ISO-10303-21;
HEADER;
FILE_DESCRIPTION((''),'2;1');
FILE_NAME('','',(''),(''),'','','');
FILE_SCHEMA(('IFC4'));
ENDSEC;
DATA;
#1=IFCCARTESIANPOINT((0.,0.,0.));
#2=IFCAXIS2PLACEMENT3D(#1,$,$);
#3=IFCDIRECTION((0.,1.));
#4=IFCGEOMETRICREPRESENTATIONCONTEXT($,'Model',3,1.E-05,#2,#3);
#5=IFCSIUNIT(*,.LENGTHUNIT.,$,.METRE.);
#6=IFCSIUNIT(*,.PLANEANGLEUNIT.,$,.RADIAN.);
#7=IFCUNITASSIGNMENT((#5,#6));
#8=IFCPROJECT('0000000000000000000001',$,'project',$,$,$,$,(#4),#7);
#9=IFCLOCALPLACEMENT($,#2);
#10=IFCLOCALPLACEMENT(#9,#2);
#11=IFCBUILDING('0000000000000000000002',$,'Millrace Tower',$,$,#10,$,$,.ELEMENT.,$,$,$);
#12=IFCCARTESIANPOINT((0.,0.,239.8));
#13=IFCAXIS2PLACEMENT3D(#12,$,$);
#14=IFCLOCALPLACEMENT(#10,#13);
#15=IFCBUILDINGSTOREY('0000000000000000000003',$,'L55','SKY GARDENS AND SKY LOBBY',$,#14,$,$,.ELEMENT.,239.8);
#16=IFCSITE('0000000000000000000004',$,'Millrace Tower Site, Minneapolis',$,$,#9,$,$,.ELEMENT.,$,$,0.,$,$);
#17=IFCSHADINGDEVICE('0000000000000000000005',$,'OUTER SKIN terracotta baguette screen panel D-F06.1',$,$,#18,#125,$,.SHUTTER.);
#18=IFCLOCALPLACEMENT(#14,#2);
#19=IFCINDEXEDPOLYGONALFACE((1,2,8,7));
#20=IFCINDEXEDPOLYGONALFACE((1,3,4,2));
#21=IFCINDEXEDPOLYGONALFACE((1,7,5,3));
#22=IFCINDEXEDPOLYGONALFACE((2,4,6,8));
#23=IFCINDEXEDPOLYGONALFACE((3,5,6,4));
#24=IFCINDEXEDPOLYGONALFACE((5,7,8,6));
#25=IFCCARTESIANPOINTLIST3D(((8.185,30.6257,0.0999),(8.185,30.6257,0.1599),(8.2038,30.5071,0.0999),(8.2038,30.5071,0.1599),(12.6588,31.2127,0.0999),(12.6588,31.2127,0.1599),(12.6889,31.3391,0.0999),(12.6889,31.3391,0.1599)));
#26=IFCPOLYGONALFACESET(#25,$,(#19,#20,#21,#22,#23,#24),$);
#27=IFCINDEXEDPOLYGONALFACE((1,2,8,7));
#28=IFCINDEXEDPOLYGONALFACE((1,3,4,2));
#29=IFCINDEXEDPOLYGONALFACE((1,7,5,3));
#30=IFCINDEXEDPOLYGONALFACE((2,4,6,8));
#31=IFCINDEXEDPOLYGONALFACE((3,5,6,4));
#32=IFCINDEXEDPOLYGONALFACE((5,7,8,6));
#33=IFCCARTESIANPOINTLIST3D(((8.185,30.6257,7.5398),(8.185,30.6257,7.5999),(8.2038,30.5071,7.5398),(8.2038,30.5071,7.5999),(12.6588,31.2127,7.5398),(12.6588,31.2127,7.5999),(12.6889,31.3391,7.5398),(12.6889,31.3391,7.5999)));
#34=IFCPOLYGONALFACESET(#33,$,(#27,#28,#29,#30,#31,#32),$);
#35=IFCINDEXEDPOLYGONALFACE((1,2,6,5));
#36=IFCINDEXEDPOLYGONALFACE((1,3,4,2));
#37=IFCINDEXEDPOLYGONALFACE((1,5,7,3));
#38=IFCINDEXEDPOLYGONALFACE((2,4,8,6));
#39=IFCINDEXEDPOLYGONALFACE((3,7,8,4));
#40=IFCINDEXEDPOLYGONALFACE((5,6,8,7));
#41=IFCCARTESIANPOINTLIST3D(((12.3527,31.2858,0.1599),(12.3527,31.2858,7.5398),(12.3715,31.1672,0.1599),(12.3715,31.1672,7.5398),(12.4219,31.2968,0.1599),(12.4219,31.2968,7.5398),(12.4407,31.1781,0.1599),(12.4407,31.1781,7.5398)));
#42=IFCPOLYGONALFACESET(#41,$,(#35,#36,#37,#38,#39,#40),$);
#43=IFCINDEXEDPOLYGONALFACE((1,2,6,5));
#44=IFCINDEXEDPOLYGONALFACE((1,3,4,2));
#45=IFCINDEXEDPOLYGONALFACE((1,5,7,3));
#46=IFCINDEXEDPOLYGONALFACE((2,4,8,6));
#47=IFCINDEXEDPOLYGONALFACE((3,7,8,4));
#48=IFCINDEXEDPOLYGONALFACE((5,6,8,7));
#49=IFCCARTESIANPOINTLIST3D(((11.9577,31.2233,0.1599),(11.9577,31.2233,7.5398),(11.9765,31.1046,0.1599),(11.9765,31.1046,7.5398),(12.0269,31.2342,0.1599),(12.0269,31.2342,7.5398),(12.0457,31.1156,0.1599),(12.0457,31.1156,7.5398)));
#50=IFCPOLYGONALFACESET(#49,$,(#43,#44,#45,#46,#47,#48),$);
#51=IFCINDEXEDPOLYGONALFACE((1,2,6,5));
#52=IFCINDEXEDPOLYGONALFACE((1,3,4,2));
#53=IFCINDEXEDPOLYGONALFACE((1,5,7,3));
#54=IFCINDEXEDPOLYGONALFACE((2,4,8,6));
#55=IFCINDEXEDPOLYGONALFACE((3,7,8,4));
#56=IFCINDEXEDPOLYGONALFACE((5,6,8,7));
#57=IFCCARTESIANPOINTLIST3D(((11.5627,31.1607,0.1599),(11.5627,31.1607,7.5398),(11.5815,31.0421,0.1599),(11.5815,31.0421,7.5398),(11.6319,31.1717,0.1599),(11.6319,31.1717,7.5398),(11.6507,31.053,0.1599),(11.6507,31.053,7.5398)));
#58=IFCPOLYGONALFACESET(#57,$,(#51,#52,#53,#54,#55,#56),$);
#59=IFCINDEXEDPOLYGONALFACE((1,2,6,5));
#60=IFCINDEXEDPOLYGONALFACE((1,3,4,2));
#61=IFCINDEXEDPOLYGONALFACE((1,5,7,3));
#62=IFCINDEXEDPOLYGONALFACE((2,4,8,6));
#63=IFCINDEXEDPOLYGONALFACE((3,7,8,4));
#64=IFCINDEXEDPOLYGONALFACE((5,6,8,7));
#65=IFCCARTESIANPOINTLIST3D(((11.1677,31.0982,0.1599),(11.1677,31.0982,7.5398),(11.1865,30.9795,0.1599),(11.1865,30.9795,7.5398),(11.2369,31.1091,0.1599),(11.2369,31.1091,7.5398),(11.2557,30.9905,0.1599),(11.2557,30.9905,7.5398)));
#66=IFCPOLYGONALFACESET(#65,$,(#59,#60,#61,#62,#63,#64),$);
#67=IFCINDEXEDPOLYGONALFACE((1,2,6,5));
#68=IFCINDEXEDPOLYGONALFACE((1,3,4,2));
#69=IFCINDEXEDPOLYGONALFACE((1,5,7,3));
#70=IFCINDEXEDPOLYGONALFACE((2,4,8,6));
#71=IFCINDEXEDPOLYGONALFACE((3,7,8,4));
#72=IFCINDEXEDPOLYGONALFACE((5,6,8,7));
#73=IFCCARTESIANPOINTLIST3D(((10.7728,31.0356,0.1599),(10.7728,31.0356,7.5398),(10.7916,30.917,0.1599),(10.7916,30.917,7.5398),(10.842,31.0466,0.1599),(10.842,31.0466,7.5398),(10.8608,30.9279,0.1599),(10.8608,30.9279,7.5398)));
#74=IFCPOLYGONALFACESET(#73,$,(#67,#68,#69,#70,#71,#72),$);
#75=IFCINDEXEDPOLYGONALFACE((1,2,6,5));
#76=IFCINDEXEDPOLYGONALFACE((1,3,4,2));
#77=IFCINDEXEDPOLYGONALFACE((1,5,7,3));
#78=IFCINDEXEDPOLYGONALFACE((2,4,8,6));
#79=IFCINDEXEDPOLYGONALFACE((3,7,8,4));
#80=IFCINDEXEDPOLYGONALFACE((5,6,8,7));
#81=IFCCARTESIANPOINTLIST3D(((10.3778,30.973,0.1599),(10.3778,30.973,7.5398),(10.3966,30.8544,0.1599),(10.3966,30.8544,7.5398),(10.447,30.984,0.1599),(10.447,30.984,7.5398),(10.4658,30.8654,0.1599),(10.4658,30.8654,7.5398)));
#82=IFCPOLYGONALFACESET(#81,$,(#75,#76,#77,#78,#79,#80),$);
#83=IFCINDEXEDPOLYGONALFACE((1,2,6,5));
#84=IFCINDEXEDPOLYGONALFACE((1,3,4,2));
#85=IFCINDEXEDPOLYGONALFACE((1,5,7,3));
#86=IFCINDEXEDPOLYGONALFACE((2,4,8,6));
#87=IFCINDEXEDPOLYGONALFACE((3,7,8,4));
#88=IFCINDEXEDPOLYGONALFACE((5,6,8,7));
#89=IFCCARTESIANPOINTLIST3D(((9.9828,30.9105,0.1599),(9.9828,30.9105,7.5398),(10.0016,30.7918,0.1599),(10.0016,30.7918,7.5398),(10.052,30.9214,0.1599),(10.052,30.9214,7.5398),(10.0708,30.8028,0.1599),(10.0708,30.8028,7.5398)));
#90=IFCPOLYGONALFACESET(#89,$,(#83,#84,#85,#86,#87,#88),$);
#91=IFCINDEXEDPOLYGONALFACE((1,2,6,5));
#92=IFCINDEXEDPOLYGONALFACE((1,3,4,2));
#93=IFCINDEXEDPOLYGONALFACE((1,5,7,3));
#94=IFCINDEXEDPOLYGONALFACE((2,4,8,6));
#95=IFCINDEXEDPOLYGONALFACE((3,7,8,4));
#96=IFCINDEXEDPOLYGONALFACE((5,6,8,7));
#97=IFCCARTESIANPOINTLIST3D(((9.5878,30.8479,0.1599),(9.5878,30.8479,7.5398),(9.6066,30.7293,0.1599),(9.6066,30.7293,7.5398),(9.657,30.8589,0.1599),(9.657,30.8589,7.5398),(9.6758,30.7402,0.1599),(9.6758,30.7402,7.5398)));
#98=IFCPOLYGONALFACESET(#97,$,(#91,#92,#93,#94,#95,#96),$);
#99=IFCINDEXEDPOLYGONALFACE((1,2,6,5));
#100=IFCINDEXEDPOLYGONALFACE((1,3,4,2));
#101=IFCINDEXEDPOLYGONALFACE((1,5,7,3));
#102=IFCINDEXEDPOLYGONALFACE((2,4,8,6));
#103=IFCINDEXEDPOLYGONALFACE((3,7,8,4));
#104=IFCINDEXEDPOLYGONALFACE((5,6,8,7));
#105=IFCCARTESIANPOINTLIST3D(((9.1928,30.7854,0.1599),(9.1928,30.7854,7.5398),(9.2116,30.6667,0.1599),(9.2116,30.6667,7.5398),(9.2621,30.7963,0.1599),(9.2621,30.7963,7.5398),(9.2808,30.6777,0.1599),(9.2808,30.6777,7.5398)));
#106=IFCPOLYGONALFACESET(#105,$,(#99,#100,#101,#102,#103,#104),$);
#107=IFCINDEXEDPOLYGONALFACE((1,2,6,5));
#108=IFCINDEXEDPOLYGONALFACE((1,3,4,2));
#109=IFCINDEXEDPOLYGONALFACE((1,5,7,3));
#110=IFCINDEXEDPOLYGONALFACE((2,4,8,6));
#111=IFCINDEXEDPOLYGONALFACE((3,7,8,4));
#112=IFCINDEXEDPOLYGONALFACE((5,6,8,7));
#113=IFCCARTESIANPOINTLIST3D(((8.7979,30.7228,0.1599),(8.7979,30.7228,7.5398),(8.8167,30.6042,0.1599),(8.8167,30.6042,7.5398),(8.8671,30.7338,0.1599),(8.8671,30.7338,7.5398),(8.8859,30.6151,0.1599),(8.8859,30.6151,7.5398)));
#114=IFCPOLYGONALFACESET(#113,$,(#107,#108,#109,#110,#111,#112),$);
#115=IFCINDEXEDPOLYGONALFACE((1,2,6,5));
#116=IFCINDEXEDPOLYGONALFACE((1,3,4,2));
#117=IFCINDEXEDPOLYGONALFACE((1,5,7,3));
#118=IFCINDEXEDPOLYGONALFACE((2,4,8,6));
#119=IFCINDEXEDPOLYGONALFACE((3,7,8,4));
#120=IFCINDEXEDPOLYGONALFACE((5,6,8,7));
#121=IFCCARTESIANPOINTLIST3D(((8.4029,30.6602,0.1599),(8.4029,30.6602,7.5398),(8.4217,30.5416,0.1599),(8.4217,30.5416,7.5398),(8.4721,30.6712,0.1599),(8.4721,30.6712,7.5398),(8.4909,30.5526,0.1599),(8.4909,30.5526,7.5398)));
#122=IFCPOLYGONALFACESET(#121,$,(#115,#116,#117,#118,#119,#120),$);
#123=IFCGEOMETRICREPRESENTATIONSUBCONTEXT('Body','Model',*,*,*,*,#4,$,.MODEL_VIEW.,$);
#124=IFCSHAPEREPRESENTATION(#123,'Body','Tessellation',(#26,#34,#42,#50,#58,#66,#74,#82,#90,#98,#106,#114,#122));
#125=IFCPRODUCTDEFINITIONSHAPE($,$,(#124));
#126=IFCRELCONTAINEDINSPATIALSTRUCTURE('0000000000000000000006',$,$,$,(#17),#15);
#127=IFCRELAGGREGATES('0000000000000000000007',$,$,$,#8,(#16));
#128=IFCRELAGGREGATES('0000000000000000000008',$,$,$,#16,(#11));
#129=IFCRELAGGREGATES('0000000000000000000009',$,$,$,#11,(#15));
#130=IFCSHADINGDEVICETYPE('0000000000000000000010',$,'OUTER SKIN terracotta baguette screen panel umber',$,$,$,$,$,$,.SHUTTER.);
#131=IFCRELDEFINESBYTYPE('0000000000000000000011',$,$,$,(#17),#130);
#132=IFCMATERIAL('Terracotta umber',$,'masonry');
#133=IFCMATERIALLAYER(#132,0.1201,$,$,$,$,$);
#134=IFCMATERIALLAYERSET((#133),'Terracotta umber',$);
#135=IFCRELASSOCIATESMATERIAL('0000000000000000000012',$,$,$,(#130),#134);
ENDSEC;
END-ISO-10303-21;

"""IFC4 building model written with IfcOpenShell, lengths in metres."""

from ifc_helpers import new_model, entity, si_unit, direction, frame, frame_2d, origin, place, context, subcontext, project, spatial, rectangle, extrude, source, transform, mapped, material, layer, layer_set, type_object, element, save


model = new_model("IFC4")

# Units and contexts
model_context = context("Model", 3, precision=1e-05, world=origin(), true_north=direction((0.0, 1.0)))
body_context = subcontext(model_context, "Body", "Model", "MODEL_VIEW")
ifc_project = project(units=[si_unit("LENGTHUNIT", "METRE"), si_unit("PLANEANGLEUNIT", "RADIAN")], contexts=[model_context])

# Site, building, storey
site_placement = place(None, origin())
site = spatial("IfcSite", under=ifc_project, at=site_placement, Name="Millrace Tower Site, Minneapolis", CompositionType="ELEMENT", RefElevation=0.0)
building_placement = place(site_placement, origin())
building = spatial("IfcBuilding", under=site, at=building_placement, Name="Millrace Tower", CompositionType="ELEMENT")
storey_placement = place(building_placement, frame((0.0, 0.0, 239.8)))
storey = spatial("IfcBuildingStorey", under=building, at=storey_placement, Name="L55", Description="SKY GARDENS AND SKY LOBBY", CompositionType="ELEMENT", Elevation=239.8)

# Shading device
ifc_material_1 = material(Name="Terracotta umber", Category="masonry")
ifc_layer_1 = layer(ifc_material_1, 0.1201)
ifc_layer_set_1 = layer_set([ifc_layer_1], Name="Terracotta umber")
shading_device_type = type_object("IfcShadingDeviceType", Name="OUTER SKIN terracotta baguette screen panel umber", PredefinedType="SHUTTER", material=ifc_layer_set_1)
cartesian_point_1 = entity("IfcCartesianPoint", [-2.2429, 0.0601])
shared_polyline_1 = entity("IfcPolyline", [cartesian_point_1, entity("IfcCartesianPoint", [2.2676, 0.0601]), entity("IfcCartesianPoint", [2.2676, -0.0601]), entity("IfcCartesianPoint", [-2.2925, -0.0601]), cartesian_point_1])
shared_shape_1 = source(origin(), body_context, "Body", "SweptSolid", [
    entity("IfcExtrudedAreaSolid", entity("IfcArbitraryClosedProfileDef", "AREA", None, shared_polyline_1), entity("IfcAxis2Placement3D", entity("IfcCartesianPoint", [0.0, 0.0, 0.0])), entity("IfcDirection", [0.0, 0.0, 1.0]), 0.0601),
    entity("IfcExtrudedAreaSolid", entity("IfcArbitraryClosedProfileDef", "AREA", None, shared_polyline_1), entity("IfcAxis2Placement3D", entity("IfcCartesianPoint", [0.0, 0.0, 7.4399])), entity("IfcDirection", [0.0, 0.0, 1.0]), 0.0601),
    extrude(rectangle(XDim=0.0701, YDim=0.1201, at=frame_2d((-1.9871, 0.0))), frame((0.0, 0.0, 0.0601)), (0.0, 0.0, 1.0), 7.3799),
    extrude(rectangle(XDim=0.0701, YDim=0.1201, at=frame_2d((-1.5872, 0.0))), frame((0.0, 0.0, 0.0601)), (0.0, 0.0, 1.0), 7.3799),
    extrude(rectangle(XDim=0.0701, YDim=0.1201, at=frame_2d((-1.1873, 0.0))), frame((0.0, 0.0, 0.0601)), (0.0, 0.0, 1.0), 7.3799),
    extrude(rectangle(XDim=0.0701, YDim=0.1201, at=frame_2d((-0.7874, 0.0))), frame((0.0, 0.0, 0.0601)), (0.0, 0.0, 1.0), 7.3799),
    extrude(rectangle(XDim=0.0701, YDim=0.1201, at=frame_2d((-0.3875, 0.0))), frame((0.0, 0.0, 0.0601)), (0.0, 0.0, 1.0), 7.3799),
    extrude(rectangle(XDim=0.0701, YDim=0.1201, at=frame_2d((0.0125, 0.0))), frame((0.0, 0.0, 0.0601)), (0.0, 0.0, 1.0), 7.3799),
    extrude(rectangle(XDim=0.0701, YDim=0.1201, at=frame_2d((0.4124, 0.0))), frame((0.0, 0.0, 0.0601)), (0.0, 0.0, 1.0), 7.3799),
    extrude(rectangle(XDim=0.0701, YDim=0.1201, at=frame_2d((0.8123, 0.0))), frame((0.0, 0.0, 0.0601)), (0.0, 0.0, 1.0), 7.3799),
    extrude(rectangle(XDim=0.0701, YDim=0.1201, at=frame_2d((1.2122, 0.0))), frame((0.0, 0.0, 0.0601)), (0.0, 0.0, 1.0), 7.3799),
    extrude(rectangle(XDim=0.0701, YDim=0.1201, at=frame_2d((1.6121, 0.0))), frame((0.0, 0.0, 0.0601)), (0.0, 0.0, 1.0), 7.3799),
    extrude(rectangle(XDim=0.0701, YDim=0.1201, at=frame_2d((2.012, 0.0))), frame((0.0, 0.0, 0.0601)), (0.0, 0.0, 1.0), 7.3799),
])
shading_device_1_placement = place(storey_placement, frame((10.4341, 30.9211, 0.0999), z_axis=(0.0, 0.0, 1.0), x_axis=(-0.987688, -0.156434, 0.0)))
element("IfcShadingDevice", 1, at=shading_device_1_placement, inside=storey, type_object=shading_device_type, Name="OUTER SKIN terracotta baguette screen panel D-F06.1", PredefinedType="SHUTTER", context=body_context, shape_type="MappedRepresentation", body=[
    mapped(shared_shape_1, transform((0.0, 0.0, 0.0), scale=1.0)),
])

save(model, "model.ifc")
